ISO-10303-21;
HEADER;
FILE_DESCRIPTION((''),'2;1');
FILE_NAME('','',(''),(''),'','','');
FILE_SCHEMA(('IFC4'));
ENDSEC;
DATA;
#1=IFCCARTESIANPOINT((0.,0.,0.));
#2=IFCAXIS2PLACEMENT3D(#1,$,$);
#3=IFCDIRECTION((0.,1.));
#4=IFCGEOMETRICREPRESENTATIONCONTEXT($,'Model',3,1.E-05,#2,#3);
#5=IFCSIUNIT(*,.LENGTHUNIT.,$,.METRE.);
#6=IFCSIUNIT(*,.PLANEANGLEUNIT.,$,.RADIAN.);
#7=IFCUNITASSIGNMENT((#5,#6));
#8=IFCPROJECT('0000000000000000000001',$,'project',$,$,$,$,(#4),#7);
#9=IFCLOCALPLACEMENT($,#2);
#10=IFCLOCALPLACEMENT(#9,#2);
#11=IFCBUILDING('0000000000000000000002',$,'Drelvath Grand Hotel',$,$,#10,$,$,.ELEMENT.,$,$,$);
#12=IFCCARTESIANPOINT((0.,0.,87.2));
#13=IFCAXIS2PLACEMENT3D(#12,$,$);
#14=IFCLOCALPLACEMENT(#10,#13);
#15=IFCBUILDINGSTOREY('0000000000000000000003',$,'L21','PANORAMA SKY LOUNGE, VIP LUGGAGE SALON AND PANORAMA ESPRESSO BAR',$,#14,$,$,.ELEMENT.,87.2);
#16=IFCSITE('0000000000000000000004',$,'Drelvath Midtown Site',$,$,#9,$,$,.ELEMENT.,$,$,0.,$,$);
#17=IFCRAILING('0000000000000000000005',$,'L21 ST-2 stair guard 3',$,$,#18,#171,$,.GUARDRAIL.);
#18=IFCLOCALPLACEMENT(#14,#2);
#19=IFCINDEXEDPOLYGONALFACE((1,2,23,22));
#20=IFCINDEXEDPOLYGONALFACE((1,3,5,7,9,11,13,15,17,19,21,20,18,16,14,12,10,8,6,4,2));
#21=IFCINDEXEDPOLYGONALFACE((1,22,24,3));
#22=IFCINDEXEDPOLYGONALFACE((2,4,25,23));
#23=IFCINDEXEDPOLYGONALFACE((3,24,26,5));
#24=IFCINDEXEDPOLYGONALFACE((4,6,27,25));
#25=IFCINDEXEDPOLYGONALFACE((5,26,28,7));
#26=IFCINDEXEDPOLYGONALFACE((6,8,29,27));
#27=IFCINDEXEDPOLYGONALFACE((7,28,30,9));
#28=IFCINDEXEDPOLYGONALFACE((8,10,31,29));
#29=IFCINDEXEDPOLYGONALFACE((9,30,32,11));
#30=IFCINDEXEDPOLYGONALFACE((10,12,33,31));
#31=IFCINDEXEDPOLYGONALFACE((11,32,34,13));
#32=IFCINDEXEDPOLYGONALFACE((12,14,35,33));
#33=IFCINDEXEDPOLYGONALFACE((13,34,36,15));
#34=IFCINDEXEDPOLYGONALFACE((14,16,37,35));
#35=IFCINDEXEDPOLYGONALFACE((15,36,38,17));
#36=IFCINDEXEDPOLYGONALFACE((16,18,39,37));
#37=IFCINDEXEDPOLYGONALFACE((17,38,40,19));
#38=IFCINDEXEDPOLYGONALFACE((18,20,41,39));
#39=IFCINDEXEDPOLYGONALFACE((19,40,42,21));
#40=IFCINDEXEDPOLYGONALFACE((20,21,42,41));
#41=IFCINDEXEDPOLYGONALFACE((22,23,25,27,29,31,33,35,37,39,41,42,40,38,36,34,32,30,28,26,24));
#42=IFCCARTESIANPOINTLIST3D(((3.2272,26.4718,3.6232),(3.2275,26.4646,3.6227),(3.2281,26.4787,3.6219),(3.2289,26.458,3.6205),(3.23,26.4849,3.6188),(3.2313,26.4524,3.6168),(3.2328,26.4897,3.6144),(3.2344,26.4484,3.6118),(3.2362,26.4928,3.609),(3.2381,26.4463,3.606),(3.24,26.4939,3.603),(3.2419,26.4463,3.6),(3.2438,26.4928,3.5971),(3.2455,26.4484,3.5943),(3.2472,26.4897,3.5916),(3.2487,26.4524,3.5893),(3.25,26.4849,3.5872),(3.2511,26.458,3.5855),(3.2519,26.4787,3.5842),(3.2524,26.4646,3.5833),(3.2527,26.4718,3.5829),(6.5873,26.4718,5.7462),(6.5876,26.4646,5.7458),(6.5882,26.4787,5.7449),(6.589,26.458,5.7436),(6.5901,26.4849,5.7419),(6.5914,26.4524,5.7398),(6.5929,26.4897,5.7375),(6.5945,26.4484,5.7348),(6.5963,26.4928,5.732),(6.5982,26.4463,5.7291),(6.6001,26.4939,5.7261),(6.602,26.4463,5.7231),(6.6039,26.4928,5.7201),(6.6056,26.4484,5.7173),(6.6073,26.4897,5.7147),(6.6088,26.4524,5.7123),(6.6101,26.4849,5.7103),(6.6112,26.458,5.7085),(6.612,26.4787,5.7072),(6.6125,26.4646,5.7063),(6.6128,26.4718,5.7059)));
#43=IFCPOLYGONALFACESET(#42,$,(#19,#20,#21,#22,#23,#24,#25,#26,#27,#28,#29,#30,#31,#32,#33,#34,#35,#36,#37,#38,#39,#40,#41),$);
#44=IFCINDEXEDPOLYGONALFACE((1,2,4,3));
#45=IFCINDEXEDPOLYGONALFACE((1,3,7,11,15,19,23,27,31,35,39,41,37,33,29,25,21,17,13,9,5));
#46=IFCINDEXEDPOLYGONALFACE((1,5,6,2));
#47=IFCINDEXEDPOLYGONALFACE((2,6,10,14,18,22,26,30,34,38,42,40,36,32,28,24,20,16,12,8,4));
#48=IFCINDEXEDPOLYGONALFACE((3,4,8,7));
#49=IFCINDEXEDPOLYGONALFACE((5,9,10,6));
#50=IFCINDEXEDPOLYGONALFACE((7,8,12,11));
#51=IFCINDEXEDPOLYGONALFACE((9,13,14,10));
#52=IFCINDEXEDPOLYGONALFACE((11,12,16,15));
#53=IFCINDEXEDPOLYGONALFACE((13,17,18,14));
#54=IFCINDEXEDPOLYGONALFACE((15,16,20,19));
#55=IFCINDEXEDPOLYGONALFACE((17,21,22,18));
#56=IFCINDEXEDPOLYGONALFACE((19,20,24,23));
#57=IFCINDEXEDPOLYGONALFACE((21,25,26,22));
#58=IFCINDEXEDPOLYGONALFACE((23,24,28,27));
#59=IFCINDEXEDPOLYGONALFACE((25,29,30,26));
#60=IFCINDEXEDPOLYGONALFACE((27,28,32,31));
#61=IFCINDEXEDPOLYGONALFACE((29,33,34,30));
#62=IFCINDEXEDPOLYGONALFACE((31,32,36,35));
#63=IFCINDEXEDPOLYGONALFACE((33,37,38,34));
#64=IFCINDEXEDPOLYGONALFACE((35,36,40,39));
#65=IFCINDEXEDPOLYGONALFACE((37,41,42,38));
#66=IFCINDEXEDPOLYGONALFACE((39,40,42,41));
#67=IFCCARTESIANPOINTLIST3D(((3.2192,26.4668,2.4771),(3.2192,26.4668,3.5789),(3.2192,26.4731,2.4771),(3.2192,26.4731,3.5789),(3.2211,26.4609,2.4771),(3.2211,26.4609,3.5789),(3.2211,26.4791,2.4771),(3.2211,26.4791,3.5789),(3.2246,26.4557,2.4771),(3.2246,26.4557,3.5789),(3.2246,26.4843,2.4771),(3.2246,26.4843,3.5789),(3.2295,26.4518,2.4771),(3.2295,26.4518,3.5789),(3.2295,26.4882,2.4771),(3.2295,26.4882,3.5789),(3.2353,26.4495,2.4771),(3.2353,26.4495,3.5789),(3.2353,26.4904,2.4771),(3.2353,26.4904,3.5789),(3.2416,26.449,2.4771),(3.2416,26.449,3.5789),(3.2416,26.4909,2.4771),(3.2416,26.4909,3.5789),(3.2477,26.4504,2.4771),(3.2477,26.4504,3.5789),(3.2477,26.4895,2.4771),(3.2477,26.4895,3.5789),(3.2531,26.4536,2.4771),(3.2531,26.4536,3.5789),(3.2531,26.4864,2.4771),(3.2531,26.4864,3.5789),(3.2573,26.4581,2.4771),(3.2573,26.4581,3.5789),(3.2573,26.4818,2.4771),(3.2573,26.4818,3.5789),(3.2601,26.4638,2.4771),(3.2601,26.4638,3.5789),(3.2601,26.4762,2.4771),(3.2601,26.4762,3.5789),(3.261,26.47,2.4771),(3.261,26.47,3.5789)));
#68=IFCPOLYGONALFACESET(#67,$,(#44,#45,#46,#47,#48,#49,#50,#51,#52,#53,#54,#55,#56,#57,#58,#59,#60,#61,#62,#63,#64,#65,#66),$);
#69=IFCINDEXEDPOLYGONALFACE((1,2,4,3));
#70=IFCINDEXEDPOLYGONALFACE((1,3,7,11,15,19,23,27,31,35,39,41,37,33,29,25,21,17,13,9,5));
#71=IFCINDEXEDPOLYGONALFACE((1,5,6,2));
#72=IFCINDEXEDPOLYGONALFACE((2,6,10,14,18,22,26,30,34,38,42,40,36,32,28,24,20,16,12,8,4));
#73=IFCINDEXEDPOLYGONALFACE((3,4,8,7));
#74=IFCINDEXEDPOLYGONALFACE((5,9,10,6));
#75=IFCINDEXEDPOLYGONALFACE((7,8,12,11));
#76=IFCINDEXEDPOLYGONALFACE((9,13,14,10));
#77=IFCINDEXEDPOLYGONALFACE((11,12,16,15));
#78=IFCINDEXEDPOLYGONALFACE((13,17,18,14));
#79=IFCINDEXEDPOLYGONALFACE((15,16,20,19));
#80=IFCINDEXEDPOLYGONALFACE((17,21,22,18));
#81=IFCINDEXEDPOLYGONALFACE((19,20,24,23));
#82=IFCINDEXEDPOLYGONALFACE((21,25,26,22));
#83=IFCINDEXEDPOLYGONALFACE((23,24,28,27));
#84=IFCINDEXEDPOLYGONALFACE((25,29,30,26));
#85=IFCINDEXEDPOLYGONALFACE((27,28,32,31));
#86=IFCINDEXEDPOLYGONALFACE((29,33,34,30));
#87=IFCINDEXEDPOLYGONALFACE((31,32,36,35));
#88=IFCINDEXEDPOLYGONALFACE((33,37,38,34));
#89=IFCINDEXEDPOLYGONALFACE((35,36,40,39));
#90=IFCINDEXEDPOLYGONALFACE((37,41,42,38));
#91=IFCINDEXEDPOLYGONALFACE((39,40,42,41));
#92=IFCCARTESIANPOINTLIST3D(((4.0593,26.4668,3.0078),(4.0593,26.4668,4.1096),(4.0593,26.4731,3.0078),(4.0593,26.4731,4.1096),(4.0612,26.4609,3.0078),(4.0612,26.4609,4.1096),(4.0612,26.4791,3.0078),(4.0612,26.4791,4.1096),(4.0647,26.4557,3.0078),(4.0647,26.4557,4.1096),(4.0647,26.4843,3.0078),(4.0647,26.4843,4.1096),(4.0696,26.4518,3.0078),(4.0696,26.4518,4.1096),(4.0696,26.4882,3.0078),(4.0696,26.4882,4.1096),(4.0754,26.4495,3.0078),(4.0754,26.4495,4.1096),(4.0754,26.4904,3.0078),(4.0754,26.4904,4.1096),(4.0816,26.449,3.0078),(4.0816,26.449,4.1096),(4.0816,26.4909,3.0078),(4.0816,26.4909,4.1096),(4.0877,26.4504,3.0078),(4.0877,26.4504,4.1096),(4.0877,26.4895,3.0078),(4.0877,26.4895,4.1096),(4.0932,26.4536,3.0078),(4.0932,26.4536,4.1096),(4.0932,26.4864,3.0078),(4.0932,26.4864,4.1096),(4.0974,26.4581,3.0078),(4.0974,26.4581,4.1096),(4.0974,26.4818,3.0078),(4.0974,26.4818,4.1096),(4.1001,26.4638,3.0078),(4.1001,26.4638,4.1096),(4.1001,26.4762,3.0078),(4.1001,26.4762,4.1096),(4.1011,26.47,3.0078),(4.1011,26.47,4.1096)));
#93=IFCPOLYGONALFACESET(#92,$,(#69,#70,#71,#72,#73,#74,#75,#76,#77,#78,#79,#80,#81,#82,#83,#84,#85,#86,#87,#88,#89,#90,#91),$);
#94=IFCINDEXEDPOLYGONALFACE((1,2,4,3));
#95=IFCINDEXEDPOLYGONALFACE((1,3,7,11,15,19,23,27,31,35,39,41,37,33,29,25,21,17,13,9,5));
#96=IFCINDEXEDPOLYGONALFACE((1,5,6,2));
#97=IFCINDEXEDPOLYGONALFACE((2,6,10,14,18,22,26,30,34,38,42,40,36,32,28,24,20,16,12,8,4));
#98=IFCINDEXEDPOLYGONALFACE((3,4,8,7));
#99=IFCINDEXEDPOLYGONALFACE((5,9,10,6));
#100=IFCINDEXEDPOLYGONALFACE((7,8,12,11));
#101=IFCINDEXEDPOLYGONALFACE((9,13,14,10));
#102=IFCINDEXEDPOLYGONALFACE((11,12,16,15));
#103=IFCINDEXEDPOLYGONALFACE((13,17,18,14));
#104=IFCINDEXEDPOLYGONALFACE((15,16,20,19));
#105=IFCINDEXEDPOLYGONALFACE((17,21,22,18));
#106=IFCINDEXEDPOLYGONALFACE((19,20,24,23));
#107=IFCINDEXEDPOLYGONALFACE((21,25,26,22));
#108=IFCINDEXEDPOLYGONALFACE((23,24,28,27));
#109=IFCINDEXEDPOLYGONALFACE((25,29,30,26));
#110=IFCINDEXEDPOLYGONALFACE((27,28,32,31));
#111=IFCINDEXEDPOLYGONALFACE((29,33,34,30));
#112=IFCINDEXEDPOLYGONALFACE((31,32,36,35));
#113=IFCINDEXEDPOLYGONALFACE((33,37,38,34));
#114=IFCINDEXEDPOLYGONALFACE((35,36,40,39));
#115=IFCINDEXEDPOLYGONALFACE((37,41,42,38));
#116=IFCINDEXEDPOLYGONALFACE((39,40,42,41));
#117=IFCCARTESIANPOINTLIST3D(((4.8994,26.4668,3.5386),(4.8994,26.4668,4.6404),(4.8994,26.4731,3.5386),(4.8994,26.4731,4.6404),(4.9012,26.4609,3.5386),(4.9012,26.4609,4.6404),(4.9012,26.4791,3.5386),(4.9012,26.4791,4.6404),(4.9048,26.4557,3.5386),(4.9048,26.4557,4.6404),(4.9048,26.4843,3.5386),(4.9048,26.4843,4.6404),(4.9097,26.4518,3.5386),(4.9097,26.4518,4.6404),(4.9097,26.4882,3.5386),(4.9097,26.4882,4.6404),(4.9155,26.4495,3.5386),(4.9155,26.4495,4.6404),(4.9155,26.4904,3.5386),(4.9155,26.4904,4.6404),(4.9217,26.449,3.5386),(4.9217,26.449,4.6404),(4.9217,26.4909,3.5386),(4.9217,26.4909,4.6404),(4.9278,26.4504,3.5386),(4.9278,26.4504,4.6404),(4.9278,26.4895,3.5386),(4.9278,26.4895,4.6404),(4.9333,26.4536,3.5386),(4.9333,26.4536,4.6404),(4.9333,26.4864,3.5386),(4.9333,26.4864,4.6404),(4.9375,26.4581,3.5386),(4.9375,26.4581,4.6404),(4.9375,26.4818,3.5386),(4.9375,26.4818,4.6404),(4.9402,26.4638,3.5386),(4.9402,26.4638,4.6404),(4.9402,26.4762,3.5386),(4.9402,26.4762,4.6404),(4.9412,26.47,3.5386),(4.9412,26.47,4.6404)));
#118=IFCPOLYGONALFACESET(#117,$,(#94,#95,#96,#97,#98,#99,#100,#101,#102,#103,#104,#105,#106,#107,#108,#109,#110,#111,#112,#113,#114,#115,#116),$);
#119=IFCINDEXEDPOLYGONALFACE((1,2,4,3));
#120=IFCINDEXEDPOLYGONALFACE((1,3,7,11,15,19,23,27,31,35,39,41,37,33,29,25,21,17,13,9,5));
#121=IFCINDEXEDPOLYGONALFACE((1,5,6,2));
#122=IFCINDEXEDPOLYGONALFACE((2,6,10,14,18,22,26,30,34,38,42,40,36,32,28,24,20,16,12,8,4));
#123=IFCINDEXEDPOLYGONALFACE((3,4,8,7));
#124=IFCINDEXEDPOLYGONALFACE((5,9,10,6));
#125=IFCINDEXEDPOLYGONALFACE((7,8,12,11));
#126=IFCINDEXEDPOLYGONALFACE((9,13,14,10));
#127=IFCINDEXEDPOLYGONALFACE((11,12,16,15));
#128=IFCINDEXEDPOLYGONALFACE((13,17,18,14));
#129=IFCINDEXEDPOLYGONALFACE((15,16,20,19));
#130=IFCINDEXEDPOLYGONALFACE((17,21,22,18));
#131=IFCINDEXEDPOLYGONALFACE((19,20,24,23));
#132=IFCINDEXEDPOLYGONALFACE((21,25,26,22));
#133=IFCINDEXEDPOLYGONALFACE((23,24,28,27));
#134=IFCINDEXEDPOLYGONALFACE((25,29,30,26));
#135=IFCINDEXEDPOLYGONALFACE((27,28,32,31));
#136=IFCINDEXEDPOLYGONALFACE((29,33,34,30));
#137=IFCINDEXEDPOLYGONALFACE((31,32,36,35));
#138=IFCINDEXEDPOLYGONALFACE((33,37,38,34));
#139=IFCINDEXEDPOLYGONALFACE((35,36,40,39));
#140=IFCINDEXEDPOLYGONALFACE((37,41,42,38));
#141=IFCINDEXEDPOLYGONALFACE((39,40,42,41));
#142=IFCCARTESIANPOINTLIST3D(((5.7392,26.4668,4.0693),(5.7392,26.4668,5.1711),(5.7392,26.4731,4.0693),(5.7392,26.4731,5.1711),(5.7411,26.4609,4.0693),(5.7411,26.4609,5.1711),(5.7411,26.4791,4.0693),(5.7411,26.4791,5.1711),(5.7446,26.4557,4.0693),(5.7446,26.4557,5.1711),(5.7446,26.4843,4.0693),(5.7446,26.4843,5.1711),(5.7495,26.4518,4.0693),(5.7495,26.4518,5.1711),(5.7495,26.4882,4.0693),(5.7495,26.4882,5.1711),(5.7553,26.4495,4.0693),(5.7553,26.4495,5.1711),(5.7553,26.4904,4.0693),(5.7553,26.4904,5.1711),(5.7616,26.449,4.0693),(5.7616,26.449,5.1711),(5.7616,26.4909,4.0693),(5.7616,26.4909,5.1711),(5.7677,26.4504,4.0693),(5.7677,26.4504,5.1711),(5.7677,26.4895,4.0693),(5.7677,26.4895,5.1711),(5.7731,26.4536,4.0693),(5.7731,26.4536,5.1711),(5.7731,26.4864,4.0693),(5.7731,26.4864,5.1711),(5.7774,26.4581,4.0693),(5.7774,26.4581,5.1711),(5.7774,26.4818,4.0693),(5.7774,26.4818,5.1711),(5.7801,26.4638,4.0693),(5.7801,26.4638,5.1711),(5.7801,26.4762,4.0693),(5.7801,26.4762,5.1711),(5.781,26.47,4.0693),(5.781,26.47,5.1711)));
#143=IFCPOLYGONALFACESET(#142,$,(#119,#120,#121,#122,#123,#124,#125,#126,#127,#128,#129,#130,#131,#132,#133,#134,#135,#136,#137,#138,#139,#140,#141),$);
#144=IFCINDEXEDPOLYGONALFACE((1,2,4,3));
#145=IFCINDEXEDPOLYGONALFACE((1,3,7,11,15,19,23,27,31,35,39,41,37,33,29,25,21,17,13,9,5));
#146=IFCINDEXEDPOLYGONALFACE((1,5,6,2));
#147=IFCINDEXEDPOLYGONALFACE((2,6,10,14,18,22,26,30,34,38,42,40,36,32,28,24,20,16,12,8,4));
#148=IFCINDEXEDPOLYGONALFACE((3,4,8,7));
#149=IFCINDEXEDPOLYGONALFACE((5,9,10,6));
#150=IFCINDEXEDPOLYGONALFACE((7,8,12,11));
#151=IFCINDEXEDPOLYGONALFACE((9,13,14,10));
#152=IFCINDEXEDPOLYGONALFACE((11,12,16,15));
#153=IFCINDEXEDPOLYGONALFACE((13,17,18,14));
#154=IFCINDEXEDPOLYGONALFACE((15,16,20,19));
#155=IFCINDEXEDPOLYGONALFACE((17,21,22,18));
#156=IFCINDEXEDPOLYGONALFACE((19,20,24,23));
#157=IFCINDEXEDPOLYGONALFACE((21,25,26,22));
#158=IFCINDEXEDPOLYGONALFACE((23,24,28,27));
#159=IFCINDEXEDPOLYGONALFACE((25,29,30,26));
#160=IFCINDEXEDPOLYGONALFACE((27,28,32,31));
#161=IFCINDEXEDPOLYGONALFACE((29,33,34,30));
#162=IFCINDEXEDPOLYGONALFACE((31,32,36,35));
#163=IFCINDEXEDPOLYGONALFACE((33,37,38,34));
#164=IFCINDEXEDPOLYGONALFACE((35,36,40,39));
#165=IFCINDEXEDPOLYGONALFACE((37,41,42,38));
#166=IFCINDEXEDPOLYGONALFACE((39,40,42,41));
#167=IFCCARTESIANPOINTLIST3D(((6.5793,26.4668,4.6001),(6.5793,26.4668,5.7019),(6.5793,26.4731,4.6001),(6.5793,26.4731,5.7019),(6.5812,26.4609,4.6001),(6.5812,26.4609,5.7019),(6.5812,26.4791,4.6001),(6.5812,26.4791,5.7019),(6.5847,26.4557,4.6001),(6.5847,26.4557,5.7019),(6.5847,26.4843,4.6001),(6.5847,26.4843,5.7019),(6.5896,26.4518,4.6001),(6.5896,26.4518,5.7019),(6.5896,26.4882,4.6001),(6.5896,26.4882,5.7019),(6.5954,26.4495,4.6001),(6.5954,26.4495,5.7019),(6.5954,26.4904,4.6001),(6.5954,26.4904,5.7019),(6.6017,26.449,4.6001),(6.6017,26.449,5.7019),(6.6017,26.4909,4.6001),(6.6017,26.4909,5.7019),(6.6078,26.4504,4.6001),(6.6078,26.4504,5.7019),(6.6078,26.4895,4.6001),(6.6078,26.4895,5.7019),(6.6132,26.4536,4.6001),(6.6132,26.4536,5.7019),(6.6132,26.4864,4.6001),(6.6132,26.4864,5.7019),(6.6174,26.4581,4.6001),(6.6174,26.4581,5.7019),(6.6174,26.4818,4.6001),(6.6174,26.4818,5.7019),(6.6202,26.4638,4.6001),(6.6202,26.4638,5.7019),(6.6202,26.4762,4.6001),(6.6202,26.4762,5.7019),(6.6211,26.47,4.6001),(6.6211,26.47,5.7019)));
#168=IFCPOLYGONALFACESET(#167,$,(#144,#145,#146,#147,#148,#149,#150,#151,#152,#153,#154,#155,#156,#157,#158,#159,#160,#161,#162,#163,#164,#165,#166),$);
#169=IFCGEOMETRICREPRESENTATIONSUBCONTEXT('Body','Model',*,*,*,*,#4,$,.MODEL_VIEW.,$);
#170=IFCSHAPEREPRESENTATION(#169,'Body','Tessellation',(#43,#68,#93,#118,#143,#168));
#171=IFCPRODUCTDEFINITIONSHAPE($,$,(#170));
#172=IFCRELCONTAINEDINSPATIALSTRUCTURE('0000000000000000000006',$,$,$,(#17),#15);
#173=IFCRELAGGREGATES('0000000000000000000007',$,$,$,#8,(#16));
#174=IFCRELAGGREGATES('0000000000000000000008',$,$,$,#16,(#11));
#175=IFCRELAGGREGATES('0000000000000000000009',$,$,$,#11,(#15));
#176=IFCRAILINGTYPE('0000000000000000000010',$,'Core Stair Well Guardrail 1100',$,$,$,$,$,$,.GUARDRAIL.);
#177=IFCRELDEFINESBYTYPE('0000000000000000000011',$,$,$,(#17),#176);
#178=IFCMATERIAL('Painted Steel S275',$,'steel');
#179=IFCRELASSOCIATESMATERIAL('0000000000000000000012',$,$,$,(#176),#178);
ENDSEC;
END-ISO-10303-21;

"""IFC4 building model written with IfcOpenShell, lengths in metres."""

from ifc_helpers import new_model, si_unit, direction, frame, origin, origin_2d, place, context, subcontext, project, spatial, circle, extrude, material, type_object, element, save


model = new_model("IFC4")

# Units and contexts
model_context = context("Model", 3, precision=1e-05, world=origin(), true_north=direction((0.0, 1.0)))
body_context = subcontext(model_context, "Body", "Model", "MODEL_VIEW")
ifc_project = project(units=[si_unit("LENGTHUNIT", "METRE"), si_unit("PLANEANGLEUNIT", "RADIAN")], contexts=[model_context])

# Site, building, storey
site_placement = place(None, origin())
site = spatial("IfcSite", under=ifc_project, at=site_placement, Name="Drelvath Midtown Site", CompositionType="ELEMENT", RefElevation=0.0)
building_placement = place(site_placement, origin())
building = spatial("IfcBuilding", under=site, at=building_placement, Name="Drelvath Grand Hotel", CompositionType="ELEMENT")
storey_placement = place(building_placement, frame((0.0, 0.0, 87.2)))
storey = spatial("IfcBuildingStorey", under=building, at=storey_placement, Name="L21", Description="PANORAMA SKY LOUNGE, VIP LUGGAGE SALON AND PANORAMA ESPRESSO BAR", CompositionType="ELEMENT", Elevation=87.2)

# Railing
ifc_material_1 = material(Name="Painted Steel S275", Category="steel")
railing_type_1 = type_object("IfcRailingType", Name="Core Stair Well Guardrail 1100", PredefinedType="GUARDRAIL", material=ifc_material_1)
railing_1_placement = place(storey_placement, frame((3.24, 26.47, 2.4771)))
element("IfcRailing", 1, at=railing_1_placement, inside=storey, type_object=railing_type_1, Name="L21 ST-2 stair guard 3", PredefinedType="GUARDRAIL", context=body_context, shape_type="SweptSolid", body=[
    extrude(circle(Radius=0.0239, at=origin_2d()), frame((0.0, 0.0, 1.126), z_axis=(0.84539, 0.0, 0.53415), x_axis=(0.0, 1.0, 0.0)), (0.0, 0.0, 1.0), 3.9746),
    extrude(circle(Radius=0.021, at=origin_2d()), origin(), (0.0, 0.0, 1.0), 1.1018),
    extrude(circle(Radius=0.021, at=origin_2d()), frame((0.8401, 0.0, 0.5308)), (0.0, 0.0, 1.0), 1.1018),
    extrude(circle(Radius=0.021, at=origin_2d()), frame((1.6802, 0.0, 1.0615)), (0.0, 0.0, 1.0), 1.1018),
    extrude(circle(Radius=0.021, at=origin_2d()), frame((2.52, 0.0, 1.5923)), (0.0, 0.0, 1.0), 1.1018),
    extrude(circle(Radius=0.021, at=origin_2d()), frame((3.3601, 0.0, 2.123)), (0.0, 0.0, 1.0), 1.1018),
])

save(model, "model.ifc")
